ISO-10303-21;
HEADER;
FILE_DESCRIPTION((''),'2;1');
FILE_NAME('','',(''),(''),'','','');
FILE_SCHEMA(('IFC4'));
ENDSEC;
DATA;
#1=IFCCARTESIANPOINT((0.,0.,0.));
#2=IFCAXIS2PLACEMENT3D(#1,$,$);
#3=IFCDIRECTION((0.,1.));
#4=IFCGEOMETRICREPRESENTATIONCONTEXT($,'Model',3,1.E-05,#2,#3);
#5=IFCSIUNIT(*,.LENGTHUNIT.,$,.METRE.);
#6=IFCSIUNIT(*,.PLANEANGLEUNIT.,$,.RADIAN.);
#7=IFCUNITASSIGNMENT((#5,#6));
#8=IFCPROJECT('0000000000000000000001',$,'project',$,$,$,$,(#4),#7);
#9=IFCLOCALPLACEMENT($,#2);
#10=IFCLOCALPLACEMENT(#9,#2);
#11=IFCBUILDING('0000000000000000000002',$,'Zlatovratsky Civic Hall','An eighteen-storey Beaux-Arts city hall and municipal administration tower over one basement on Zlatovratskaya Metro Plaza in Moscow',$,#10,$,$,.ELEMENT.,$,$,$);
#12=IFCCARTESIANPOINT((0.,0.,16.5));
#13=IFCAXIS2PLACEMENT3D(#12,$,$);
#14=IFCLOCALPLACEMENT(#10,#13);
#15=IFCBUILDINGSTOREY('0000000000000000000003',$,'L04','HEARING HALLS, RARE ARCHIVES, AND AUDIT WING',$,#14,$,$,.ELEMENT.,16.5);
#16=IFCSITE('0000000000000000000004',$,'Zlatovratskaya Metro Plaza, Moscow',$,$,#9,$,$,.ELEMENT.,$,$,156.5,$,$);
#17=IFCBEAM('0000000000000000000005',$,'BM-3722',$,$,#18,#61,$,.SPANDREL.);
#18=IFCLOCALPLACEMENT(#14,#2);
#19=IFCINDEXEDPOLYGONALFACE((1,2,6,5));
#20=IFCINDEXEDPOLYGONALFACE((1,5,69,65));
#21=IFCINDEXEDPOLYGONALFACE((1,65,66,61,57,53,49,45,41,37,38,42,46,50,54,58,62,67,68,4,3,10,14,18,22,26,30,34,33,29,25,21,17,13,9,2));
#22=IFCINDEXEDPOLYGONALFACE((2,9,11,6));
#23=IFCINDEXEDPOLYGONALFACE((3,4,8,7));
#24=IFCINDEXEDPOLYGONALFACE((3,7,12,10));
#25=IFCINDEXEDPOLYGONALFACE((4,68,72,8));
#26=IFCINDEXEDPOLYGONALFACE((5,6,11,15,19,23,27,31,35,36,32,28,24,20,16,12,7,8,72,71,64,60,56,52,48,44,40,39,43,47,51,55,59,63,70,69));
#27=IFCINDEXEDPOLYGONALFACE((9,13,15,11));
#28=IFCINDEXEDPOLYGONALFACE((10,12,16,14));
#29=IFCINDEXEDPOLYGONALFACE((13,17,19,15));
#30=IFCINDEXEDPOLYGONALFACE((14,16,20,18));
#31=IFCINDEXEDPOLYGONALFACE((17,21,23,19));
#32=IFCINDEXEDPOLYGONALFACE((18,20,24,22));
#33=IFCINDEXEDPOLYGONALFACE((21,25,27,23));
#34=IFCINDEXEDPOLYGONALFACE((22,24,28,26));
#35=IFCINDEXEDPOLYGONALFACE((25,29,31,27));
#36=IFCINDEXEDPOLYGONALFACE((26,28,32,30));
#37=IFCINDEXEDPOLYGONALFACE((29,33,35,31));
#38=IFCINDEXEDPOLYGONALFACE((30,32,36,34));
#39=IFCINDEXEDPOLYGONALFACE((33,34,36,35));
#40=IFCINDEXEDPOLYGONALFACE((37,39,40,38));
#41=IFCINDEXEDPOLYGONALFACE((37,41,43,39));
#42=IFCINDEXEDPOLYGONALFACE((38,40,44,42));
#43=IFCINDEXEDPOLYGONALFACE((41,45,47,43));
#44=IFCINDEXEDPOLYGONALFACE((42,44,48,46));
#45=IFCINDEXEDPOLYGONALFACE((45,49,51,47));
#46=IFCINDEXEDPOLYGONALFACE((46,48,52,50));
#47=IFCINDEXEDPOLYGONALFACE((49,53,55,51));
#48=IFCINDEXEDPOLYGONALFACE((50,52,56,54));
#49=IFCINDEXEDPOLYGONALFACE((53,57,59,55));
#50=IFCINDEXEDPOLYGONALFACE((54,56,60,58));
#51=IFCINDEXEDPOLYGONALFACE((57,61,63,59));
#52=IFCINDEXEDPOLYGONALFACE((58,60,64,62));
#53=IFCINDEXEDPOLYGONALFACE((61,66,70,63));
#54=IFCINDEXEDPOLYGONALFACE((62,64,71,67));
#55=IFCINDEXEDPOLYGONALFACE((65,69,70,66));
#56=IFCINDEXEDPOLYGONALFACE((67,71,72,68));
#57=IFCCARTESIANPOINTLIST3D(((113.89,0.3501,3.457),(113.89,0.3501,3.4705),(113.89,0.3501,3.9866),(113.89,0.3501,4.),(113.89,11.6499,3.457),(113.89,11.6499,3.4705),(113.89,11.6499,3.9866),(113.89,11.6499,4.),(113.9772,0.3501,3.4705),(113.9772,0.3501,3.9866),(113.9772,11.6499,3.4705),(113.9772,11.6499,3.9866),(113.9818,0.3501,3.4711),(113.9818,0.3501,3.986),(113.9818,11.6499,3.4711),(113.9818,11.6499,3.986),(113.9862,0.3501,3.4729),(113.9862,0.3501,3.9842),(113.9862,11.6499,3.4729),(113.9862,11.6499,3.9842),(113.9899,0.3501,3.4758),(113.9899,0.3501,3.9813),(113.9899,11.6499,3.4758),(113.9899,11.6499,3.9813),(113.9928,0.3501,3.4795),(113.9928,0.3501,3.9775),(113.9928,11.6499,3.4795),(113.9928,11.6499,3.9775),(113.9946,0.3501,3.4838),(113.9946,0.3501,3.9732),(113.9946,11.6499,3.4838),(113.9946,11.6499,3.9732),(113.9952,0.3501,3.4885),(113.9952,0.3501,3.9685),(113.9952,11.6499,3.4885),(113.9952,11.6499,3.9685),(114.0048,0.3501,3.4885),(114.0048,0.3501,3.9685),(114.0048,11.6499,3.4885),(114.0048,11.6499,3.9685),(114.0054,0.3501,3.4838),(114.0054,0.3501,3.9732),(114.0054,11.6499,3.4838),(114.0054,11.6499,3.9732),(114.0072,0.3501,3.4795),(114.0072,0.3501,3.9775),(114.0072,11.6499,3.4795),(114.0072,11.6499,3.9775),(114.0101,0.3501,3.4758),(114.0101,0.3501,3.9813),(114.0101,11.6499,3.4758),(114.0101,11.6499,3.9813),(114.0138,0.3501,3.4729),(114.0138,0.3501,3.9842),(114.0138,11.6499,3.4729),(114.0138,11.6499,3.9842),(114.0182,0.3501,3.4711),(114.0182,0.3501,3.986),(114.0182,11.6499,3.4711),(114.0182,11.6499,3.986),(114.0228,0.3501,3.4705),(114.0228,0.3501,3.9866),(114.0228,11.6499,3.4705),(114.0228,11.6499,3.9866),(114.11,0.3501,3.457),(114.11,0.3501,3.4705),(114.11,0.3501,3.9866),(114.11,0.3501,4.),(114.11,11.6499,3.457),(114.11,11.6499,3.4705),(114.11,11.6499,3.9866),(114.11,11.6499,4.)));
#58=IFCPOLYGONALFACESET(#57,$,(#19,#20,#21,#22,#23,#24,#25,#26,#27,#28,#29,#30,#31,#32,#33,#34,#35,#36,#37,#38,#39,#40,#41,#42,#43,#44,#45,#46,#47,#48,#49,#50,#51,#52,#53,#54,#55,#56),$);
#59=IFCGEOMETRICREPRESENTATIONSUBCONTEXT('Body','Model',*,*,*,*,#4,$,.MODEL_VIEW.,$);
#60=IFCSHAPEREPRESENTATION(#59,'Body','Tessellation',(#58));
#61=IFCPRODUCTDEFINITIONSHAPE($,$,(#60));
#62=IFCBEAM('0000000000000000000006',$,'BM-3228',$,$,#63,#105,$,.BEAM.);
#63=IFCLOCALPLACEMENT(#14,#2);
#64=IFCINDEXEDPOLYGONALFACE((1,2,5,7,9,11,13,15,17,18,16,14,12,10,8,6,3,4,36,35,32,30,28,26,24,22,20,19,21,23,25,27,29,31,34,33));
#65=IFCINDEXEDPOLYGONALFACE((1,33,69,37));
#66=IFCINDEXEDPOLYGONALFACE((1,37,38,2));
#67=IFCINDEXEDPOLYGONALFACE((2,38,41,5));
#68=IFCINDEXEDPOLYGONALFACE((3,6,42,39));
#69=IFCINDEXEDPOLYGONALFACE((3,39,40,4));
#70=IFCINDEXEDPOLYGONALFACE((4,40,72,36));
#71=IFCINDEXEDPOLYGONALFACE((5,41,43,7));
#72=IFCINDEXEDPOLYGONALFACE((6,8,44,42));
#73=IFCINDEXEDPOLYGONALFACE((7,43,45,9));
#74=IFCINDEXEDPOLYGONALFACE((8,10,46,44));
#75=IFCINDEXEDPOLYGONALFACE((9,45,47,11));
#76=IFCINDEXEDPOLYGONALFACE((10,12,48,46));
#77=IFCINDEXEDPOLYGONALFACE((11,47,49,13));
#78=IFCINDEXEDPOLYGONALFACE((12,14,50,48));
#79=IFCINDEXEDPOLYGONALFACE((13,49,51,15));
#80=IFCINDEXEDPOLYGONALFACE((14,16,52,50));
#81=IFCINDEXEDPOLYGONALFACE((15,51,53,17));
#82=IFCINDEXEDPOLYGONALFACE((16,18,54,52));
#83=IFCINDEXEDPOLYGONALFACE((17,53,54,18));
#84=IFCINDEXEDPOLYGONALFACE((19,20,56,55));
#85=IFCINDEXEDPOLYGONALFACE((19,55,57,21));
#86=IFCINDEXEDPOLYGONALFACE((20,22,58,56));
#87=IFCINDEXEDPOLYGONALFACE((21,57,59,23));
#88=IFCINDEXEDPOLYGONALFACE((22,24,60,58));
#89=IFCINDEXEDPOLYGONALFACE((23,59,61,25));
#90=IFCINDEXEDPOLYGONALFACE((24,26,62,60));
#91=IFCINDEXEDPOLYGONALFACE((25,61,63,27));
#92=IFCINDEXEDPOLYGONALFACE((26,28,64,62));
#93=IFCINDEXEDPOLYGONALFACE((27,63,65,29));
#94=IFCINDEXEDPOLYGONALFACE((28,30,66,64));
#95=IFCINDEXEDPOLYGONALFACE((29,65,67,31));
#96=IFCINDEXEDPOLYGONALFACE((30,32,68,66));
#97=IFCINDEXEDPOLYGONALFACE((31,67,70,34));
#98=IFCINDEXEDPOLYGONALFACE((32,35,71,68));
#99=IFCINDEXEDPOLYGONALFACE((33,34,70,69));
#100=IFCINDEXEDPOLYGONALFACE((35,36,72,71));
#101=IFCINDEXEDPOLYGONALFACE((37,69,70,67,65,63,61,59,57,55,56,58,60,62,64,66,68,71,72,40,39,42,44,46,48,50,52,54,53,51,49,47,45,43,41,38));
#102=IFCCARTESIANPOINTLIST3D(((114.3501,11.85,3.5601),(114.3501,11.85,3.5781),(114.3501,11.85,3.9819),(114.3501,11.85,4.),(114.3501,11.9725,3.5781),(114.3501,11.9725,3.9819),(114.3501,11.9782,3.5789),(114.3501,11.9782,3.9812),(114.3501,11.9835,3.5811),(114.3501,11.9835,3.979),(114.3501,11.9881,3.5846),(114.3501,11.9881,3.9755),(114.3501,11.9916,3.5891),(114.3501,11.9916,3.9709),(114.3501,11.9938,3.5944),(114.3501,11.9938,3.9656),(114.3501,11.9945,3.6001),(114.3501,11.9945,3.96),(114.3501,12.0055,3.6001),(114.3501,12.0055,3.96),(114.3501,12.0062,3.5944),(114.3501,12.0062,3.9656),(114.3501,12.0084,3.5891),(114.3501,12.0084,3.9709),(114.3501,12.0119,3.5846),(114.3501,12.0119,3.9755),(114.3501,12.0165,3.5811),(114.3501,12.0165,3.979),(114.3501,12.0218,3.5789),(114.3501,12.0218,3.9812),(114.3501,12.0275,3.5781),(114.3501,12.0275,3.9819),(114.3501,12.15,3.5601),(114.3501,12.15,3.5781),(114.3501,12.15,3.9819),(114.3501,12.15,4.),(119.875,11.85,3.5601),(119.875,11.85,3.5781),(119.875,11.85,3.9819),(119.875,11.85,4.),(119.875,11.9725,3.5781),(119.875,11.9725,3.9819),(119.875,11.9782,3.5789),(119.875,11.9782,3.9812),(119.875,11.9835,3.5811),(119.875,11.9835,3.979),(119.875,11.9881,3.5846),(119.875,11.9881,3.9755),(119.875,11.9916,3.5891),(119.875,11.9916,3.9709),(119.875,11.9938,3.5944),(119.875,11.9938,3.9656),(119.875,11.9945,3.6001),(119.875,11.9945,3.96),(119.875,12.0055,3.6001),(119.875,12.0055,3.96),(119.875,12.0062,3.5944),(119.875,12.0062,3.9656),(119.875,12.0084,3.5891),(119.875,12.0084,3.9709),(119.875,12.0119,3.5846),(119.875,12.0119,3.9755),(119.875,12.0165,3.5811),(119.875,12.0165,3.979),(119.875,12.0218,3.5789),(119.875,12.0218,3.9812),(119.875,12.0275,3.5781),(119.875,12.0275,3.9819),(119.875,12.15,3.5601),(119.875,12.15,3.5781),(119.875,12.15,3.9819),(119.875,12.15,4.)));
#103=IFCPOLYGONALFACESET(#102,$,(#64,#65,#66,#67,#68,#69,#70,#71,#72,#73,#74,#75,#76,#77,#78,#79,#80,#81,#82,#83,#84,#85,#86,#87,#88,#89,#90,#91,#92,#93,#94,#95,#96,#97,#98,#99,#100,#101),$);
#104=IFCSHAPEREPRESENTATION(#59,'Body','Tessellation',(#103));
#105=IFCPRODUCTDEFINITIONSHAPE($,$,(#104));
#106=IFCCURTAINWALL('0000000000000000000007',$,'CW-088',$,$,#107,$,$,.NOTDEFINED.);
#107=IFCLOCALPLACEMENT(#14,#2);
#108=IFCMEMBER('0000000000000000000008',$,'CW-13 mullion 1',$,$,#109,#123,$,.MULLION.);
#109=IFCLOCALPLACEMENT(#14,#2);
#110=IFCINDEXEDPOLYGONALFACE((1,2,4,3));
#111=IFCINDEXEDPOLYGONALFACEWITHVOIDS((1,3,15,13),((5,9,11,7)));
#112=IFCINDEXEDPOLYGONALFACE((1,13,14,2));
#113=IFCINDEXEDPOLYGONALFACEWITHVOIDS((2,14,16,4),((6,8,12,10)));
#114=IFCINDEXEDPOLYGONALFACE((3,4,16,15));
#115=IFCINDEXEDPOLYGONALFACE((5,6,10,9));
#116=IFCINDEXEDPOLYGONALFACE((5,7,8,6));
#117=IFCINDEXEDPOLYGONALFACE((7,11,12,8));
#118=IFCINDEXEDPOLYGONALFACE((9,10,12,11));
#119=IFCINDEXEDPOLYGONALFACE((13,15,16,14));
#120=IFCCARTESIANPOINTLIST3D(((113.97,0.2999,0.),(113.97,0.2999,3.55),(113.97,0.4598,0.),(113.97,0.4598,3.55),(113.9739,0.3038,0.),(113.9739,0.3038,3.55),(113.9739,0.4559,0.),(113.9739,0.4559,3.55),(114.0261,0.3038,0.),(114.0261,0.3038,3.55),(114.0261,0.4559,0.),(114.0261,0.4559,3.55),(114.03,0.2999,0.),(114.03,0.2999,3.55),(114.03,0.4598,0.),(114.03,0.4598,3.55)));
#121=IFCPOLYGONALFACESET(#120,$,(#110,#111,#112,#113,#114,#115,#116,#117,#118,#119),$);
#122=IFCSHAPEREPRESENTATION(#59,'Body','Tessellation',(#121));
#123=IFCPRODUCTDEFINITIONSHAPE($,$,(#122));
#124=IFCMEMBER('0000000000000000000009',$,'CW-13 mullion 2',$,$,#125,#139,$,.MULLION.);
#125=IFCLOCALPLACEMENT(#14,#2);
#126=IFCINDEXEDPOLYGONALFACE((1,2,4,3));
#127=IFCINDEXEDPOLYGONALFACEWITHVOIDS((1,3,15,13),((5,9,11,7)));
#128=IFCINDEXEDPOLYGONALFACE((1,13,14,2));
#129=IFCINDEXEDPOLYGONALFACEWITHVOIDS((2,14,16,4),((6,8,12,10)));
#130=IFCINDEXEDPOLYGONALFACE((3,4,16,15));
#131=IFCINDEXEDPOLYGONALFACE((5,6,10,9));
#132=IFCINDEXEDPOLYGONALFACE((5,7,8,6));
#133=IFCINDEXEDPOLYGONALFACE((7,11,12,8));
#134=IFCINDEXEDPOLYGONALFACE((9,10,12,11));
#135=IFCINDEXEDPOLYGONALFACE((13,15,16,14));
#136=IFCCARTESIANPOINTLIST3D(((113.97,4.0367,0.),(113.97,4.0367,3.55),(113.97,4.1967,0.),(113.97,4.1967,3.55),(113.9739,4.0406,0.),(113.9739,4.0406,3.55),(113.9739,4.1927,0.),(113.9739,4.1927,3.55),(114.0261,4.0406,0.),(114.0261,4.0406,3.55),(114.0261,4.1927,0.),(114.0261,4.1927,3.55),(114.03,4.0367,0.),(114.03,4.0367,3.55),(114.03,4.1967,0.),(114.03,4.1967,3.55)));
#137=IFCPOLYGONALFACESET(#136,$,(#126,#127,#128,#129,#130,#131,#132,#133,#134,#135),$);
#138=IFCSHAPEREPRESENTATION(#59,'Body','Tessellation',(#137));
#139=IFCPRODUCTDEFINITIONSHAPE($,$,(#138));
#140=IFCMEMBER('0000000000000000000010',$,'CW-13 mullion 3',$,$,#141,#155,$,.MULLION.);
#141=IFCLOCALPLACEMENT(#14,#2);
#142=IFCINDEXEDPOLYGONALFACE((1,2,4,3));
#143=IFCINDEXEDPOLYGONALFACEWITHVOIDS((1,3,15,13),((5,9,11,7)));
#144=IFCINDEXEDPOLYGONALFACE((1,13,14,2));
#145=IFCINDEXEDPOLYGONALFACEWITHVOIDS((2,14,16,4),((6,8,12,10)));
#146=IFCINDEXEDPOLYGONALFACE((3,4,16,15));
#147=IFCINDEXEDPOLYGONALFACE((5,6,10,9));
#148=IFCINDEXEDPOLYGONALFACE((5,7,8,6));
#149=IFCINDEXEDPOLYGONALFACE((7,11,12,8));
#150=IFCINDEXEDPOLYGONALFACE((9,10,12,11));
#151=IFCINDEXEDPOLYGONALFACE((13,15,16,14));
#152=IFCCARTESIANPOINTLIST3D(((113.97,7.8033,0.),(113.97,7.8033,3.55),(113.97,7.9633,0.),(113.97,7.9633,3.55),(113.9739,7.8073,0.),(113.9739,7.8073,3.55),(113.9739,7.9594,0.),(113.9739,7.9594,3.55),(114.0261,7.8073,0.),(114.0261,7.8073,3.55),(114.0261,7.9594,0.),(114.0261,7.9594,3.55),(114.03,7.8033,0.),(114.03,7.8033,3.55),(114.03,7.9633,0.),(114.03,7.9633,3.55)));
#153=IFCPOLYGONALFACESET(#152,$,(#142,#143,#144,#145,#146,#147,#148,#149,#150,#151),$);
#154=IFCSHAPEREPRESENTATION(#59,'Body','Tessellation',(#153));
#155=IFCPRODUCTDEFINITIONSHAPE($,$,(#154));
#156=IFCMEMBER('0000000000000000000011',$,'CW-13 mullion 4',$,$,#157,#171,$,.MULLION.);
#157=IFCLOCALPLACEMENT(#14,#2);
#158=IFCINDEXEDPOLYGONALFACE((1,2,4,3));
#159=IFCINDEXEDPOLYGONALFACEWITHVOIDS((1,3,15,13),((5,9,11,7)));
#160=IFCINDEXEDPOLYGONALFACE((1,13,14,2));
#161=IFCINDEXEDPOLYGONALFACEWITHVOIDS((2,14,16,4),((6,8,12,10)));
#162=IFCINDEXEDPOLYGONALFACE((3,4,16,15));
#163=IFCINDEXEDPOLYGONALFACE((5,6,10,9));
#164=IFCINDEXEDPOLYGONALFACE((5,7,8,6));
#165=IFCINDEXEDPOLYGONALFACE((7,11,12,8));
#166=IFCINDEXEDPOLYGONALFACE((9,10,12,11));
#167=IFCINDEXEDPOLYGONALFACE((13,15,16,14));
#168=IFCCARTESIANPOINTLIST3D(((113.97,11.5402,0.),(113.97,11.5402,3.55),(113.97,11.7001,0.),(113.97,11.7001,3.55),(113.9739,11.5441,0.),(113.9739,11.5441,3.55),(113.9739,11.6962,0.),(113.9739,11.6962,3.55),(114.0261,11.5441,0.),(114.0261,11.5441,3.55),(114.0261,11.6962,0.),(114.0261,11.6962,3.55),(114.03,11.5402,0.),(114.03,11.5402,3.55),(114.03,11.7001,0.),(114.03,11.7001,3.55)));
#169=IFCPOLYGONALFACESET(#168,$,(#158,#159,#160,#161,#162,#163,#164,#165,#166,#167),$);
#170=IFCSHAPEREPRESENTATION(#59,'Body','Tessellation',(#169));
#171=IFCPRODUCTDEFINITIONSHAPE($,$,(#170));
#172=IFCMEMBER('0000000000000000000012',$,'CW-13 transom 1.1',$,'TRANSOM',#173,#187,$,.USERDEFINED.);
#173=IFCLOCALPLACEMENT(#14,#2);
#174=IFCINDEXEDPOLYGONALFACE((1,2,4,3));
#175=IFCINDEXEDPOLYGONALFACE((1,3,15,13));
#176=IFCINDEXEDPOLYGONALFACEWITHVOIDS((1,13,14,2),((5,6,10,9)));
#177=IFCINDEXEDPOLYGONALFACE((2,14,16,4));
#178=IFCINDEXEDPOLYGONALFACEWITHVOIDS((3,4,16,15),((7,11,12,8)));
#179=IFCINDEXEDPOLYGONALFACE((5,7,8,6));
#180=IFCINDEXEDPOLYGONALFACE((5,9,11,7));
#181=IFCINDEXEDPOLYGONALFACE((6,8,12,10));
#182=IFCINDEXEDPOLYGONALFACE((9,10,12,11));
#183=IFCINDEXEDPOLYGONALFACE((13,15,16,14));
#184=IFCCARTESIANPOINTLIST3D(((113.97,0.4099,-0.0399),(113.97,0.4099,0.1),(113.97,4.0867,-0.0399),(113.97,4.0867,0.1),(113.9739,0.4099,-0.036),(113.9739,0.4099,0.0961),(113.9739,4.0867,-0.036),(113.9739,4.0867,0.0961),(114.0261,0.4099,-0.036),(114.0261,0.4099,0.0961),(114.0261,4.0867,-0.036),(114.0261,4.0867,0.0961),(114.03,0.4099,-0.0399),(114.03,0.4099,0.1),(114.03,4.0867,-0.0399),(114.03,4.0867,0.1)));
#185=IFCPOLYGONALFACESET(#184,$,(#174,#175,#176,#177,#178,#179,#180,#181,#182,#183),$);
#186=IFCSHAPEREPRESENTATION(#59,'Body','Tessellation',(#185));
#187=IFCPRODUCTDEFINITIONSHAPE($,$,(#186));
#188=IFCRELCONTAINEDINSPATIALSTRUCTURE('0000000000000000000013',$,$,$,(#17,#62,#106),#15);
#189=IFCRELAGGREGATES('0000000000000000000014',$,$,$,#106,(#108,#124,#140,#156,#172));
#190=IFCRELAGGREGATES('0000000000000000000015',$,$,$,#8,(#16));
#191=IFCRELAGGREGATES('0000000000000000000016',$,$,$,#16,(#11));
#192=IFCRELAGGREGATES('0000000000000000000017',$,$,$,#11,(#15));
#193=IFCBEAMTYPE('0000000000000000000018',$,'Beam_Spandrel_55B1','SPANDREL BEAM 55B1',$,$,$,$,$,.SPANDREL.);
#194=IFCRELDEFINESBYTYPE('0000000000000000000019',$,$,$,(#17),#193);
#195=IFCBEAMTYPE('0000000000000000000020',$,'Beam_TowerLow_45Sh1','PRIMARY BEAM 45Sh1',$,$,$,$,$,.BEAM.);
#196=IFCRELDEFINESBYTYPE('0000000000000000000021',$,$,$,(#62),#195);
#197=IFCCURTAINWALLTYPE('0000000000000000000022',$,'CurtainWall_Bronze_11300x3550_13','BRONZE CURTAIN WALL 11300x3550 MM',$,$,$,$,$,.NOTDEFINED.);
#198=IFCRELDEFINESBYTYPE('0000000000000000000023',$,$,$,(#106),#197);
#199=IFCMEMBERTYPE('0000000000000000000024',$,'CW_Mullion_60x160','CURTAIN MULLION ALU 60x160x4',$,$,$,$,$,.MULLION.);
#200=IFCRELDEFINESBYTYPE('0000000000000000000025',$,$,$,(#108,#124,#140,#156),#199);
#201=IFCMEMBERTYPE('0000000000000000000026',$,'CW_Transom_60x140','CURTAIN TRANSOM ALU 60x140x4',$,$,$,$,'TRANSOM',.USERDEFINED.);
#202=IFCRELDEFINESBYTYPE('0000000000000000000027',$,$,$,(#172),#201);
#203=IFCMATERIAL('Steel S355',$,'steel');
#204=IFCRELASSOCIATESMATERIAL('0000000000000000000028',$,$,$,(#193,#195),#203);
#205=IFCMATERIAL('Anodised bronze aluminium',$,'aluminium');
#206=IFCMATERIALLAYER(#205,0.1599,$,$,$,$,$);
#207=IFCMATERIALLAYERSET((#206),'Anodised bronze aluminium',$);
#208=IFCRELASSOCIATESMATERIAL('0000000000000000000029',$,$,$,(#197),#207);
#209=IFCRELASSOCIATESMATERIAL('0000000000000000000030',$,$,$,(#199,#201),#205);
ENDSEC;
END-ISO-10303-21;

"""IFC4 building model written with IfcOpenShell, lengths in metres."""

from ifc_helpers import new_model, si_unit, direction, frame, origin, origin_2d, place, context, subcontext, project, spatial, hollow_rectangle, i_section, extrude, material, layer, layer_set, material_profile, profile_set, type_object, element, aggregate, save


model = new_model("IFC4")

# Units and contexts
model_context = context("Model", 3, precision=1e-05, world=origin(), true_north=direction((0.0, 1.0)))
body_context = subcontext(model_context, "Body", "Model", "MODEL_VIEW")
ifc_project = project(units=[si_unit("LENGTHUNIT", "METRE"), si_unit("PLANEANGLEUNIT", "RADIAN")], contexts=[model_context])

# Site, building, storey
site_placement = place(None, origin())
site = spatial("IfcSite", under=ifc_project, at=site_placement, Name="Zlatovratskaya Metro Plaza, Moscow", CompositionType="ELEMENT", RefElevation=156.5)
building_placement = place(site_placement, origin())
building = spatial("IfcBuilding", under=site, at=building_placement, Name="Zlatovratsky Civic Hall", Description="An eighteen-storey Beaux-Arts city hall and municipal administration tower over one basement on Zlatovratskaya Metro Plaza in Moscow", CompositionType="ELEMENT")
storey_placement = place(building_placement, frame((0.0, 0.0, 16.5)))
storey = spatial("IfcBuildingStorey", under=building, at=storey_placement, Name="L04", Description="HEARING HALLS, RARE ARCHIVES, AND AUDIT WING", CompositionType="ELEMENT", Elevation=16.5)

# Beams
ifc_material_1 = material(Name="Steel S355", Category="steel")
ifc_material_profile_1 = material_profile(ifc_material_1, i_section(OverallWidth=0.22, OverallDepth=0.543, WebThickness=0.0095, FlangeThickness=0.0134, FilletRadius=0.0181, at=origin_2d()), Name="55B1")
ifc_profile_set_1 = profile_set([ifc_material_profile_1], Name="Steel S355")
beam_type_1 = type_object("IfcBeamType", Name="Beam_Spandrel_55B1", Description="SPANDREL BEAM 55B1", PredefinedType="SPANDREL", material=ifc_profile_set_1)
beam_1_placement = place(storey_placement, frame((114.0, 0.3501, 3.7285), z_axis=(0.0, 1.0, 0.0), x_axis=(-1.0, 0.0, 0.0)))
element("IfcBeam", 1, at=beam_1_placement, inside=storey, type_object=beam_type_1, Name="BM-3722", PredefinedType="SPANDREL", context=body_context, shape_type="SweptSolid", body=[
    extrude(i_section(OverallWidth=0.22, OverallDepth=0.543, WebThickness=0.0095, FlangeThickness=0.0134, FilletRadius=0.0181, at=origin_2d()), origin(), (0.0, 0.0, 1.0), 11.2998),
])
ifc_material_profile_2 = material_profile(ifc_material_1, i_section(OverallWidth=0.3, OverallDepth=0.4399, WebThickness=0.011, FlangeThickness=0.0181, FilletRadius=0.022, at=origin_2d()), Name="45Sh1")
ifc_profile_set_2 = profile_set([ifc_material_profile_2], Name="Steel S355")
beam_type_2 = type_object("IfcBeamType", Name="Beam_TowerLow_45Sh1", Description="PRIMARY BEAM 45Sh1", PredefinedType="BEAM", material=ifc_profile_set_2)
beam_2_placement = place(storey_placement, frame((114.3501, 12.0, 3.78), z_axis=(1.0, 0.0, 0.0), x_axis=(0.0, 1.0, 0.0)))
element("IfcBeam", 2, at=beam_2_placement, inside=storey, type_object=beam_type_2, Name="BM-3228", PredefinedType="BEAM", context=body_context, shape_type="SweptSolid", body=[
    extrude(i_section(OverallWidth=0.3, OverallDepth=0.4399, WebThickness=0.011, FlangeThickness=0.0181, FilletRadius=0.022, at=origin_2d()), origin(), (0.0, 0.0, 1.0), 5.5249),
])

# Curtain wall, members
ifc_material_2 = material(Name="Anodised bronze aluminium", Category="aluminium")
ifc_layer_1 = layer(ifc_material_2, 0.1599)
ifc_layer_set_1 = layer_set([ifc_layer_1], Name="Anodised bronze aluminium")
curtain_wall_type = type_object("IfcCurtainWallType", Name="CurtainWall_Bronze_11300x3550_13", Description="BRONZE CURTAIN WALL 11300x3550 MM", PredefinedType="NOTDEFINED", material=ifc_layer_set_1)
curtain_wall_placement = place(storey_placement, origin())
curtain_wall = element("IfcCurtainWall", 3, at=curtain_wall_placement, inside=storey, type_object=curtain_wall_type, Name="CW-088", PredefinedType="NOTDEFINED")
ifc_material_profile_3 = material_profile(ifc_material_2, hollow_rectangle(XDim=0.0601, YDim=0.1599, WallThickness=0.0039, at=origin_2d()), Name="ALU 60x160x4")
ifc_profile_set_3 = profile_set([ifc_material_profile_3], Name="Anodised bronze aluminium")
member_type_1 = type_object("IfcMemberType", Name="CW_Mullion_60x160", Description="CURTAIN MULLION ALU 60x160x4", PredefinedType="MULLION", material=ifc_profile_set_3)
member_1_placement = place(storey_placement, frame((114.0, 0.3799, 0.0), z_axis=(0.0, 0.0, 1.0), x_axis=(-1.0, 0.0, 0.0)))
member_1 = element("IfcMember", 4, at=member_1_placement, type_object=member_type_1, Name="CW-13 mullion 1", PredefinedType="MULLION", context=body_context, shape_type="SweptSolid", body=[
    extrude(hollow_rectangle(XDim=0.0601, YDim=0.1599, WallThickness=0.0039, at=origin_2d()), origin(), (0.0, 0.0, 1.0), 3.55),
])
member_2_placement = place(storey_placement, frame((114.0, 4.1167, 0.0), z_axis=(0.0, 0.0, 1.0), x_axis=(-1.0, 0.0, 0.0)))
member_2 = element("IfcMember", 5, at=member_2_placement, type_object=member_type_1, Name="CW-13 mullion 2", PredefinedType="MULLION", context=body_context, shape_type="SweptSolid", body=[
    extrude(hollow_rectangle(XDim=0.0601, YDim=0.1599, WallThickness=0.0039, at=origin_2d()), origin(), (0.0, 0.0, 1.0), 3.55),
])
member_3_placement = place(storey_placement, frame((114.0, 7.8833, 0.0), z_axis=(0.0, 0.0, 1.0), x_axis=(-1.0, 0.0, 0.0)))
member_3 = element("IfcMember", 6, at=member_3_placement, type_object=member_type_1, Name="CW-13 mullion 3", PredefinedType="MULLION", context=body_context, shape_type="SweptSolid", body=[
    extrude(hollow_rectangle(XDim=0.0601, YDim=0.1599, WallThickness=0.0039, at=origin_2d()), origin(), (0.0, 0.0, 1.0), 3.55),
])
member_4_placement = place(storey_placement, frame((114.0, 11.6201, 0.0), z_axis=(0.0, 0.0, 1.0), x_axis=(-1.0, 0.0, 0.0)))
member_4 = element("IfcMember", 7, at=member_4_placement, type_object=member_type_1, Name="CW-13 mullion 4", PredefinedType="MULLION", context=body_context, shape_type="SweptSolid", body=[
    extrude(hollow_rectangle(XDim=0.0601, YDim=0.1599, WallThickness=0.0039, at=origin_2d()), origin(), (0.0, 0.0, 1.0), 3.55),
])
ifc_material_profile_4 = material_profile(ifc_material_2, hollow_rectangle(XDim=0.0601, YDim=0.1399, WallThickness=0.0039, at=origin_2d()), Name="ALU 60x140x4")
ifc_profile_set_4 = profile_set([ifc_material_profile_4], Name="Anodised bronze aluminium")
member_type_2 = type_object("IfcMemberType", Name="CW_Transom_60x140", Description="CURTAIN TRANSOM ALU 60x140x4", ElementType="TRANSOM", PredefinedType="USERDEFINED", material=ifc_profile_set_4)
member_5_placement = place(storey_placement, frame((114.0, 0.4099, 0.03), z_axis=(0.0, 1.0, 0.0), x_axis=(-1.0, 0.0, 0.0)))
member_5 = element("IfcMember", 8, at=member_5_placement, type_object=member_type_2, Name="CW-13 transom 1.1", ObjectType="TRANSOM", PredefinedType="USERDEFINED", context=body_context, shape_type="SweptSolid", body=[
    extrude(hollow_rectangle(XDim=0.0601, YDim=0.1399, WallThickness=0.0039, at=origin_2d()), origin(), (0.0, 0.0, 1.0), 3.6768),
])
aggregate(curtain_wall, [member_1, member_2, member_3, member_4, member_5])

save(model, "model.ifc")
